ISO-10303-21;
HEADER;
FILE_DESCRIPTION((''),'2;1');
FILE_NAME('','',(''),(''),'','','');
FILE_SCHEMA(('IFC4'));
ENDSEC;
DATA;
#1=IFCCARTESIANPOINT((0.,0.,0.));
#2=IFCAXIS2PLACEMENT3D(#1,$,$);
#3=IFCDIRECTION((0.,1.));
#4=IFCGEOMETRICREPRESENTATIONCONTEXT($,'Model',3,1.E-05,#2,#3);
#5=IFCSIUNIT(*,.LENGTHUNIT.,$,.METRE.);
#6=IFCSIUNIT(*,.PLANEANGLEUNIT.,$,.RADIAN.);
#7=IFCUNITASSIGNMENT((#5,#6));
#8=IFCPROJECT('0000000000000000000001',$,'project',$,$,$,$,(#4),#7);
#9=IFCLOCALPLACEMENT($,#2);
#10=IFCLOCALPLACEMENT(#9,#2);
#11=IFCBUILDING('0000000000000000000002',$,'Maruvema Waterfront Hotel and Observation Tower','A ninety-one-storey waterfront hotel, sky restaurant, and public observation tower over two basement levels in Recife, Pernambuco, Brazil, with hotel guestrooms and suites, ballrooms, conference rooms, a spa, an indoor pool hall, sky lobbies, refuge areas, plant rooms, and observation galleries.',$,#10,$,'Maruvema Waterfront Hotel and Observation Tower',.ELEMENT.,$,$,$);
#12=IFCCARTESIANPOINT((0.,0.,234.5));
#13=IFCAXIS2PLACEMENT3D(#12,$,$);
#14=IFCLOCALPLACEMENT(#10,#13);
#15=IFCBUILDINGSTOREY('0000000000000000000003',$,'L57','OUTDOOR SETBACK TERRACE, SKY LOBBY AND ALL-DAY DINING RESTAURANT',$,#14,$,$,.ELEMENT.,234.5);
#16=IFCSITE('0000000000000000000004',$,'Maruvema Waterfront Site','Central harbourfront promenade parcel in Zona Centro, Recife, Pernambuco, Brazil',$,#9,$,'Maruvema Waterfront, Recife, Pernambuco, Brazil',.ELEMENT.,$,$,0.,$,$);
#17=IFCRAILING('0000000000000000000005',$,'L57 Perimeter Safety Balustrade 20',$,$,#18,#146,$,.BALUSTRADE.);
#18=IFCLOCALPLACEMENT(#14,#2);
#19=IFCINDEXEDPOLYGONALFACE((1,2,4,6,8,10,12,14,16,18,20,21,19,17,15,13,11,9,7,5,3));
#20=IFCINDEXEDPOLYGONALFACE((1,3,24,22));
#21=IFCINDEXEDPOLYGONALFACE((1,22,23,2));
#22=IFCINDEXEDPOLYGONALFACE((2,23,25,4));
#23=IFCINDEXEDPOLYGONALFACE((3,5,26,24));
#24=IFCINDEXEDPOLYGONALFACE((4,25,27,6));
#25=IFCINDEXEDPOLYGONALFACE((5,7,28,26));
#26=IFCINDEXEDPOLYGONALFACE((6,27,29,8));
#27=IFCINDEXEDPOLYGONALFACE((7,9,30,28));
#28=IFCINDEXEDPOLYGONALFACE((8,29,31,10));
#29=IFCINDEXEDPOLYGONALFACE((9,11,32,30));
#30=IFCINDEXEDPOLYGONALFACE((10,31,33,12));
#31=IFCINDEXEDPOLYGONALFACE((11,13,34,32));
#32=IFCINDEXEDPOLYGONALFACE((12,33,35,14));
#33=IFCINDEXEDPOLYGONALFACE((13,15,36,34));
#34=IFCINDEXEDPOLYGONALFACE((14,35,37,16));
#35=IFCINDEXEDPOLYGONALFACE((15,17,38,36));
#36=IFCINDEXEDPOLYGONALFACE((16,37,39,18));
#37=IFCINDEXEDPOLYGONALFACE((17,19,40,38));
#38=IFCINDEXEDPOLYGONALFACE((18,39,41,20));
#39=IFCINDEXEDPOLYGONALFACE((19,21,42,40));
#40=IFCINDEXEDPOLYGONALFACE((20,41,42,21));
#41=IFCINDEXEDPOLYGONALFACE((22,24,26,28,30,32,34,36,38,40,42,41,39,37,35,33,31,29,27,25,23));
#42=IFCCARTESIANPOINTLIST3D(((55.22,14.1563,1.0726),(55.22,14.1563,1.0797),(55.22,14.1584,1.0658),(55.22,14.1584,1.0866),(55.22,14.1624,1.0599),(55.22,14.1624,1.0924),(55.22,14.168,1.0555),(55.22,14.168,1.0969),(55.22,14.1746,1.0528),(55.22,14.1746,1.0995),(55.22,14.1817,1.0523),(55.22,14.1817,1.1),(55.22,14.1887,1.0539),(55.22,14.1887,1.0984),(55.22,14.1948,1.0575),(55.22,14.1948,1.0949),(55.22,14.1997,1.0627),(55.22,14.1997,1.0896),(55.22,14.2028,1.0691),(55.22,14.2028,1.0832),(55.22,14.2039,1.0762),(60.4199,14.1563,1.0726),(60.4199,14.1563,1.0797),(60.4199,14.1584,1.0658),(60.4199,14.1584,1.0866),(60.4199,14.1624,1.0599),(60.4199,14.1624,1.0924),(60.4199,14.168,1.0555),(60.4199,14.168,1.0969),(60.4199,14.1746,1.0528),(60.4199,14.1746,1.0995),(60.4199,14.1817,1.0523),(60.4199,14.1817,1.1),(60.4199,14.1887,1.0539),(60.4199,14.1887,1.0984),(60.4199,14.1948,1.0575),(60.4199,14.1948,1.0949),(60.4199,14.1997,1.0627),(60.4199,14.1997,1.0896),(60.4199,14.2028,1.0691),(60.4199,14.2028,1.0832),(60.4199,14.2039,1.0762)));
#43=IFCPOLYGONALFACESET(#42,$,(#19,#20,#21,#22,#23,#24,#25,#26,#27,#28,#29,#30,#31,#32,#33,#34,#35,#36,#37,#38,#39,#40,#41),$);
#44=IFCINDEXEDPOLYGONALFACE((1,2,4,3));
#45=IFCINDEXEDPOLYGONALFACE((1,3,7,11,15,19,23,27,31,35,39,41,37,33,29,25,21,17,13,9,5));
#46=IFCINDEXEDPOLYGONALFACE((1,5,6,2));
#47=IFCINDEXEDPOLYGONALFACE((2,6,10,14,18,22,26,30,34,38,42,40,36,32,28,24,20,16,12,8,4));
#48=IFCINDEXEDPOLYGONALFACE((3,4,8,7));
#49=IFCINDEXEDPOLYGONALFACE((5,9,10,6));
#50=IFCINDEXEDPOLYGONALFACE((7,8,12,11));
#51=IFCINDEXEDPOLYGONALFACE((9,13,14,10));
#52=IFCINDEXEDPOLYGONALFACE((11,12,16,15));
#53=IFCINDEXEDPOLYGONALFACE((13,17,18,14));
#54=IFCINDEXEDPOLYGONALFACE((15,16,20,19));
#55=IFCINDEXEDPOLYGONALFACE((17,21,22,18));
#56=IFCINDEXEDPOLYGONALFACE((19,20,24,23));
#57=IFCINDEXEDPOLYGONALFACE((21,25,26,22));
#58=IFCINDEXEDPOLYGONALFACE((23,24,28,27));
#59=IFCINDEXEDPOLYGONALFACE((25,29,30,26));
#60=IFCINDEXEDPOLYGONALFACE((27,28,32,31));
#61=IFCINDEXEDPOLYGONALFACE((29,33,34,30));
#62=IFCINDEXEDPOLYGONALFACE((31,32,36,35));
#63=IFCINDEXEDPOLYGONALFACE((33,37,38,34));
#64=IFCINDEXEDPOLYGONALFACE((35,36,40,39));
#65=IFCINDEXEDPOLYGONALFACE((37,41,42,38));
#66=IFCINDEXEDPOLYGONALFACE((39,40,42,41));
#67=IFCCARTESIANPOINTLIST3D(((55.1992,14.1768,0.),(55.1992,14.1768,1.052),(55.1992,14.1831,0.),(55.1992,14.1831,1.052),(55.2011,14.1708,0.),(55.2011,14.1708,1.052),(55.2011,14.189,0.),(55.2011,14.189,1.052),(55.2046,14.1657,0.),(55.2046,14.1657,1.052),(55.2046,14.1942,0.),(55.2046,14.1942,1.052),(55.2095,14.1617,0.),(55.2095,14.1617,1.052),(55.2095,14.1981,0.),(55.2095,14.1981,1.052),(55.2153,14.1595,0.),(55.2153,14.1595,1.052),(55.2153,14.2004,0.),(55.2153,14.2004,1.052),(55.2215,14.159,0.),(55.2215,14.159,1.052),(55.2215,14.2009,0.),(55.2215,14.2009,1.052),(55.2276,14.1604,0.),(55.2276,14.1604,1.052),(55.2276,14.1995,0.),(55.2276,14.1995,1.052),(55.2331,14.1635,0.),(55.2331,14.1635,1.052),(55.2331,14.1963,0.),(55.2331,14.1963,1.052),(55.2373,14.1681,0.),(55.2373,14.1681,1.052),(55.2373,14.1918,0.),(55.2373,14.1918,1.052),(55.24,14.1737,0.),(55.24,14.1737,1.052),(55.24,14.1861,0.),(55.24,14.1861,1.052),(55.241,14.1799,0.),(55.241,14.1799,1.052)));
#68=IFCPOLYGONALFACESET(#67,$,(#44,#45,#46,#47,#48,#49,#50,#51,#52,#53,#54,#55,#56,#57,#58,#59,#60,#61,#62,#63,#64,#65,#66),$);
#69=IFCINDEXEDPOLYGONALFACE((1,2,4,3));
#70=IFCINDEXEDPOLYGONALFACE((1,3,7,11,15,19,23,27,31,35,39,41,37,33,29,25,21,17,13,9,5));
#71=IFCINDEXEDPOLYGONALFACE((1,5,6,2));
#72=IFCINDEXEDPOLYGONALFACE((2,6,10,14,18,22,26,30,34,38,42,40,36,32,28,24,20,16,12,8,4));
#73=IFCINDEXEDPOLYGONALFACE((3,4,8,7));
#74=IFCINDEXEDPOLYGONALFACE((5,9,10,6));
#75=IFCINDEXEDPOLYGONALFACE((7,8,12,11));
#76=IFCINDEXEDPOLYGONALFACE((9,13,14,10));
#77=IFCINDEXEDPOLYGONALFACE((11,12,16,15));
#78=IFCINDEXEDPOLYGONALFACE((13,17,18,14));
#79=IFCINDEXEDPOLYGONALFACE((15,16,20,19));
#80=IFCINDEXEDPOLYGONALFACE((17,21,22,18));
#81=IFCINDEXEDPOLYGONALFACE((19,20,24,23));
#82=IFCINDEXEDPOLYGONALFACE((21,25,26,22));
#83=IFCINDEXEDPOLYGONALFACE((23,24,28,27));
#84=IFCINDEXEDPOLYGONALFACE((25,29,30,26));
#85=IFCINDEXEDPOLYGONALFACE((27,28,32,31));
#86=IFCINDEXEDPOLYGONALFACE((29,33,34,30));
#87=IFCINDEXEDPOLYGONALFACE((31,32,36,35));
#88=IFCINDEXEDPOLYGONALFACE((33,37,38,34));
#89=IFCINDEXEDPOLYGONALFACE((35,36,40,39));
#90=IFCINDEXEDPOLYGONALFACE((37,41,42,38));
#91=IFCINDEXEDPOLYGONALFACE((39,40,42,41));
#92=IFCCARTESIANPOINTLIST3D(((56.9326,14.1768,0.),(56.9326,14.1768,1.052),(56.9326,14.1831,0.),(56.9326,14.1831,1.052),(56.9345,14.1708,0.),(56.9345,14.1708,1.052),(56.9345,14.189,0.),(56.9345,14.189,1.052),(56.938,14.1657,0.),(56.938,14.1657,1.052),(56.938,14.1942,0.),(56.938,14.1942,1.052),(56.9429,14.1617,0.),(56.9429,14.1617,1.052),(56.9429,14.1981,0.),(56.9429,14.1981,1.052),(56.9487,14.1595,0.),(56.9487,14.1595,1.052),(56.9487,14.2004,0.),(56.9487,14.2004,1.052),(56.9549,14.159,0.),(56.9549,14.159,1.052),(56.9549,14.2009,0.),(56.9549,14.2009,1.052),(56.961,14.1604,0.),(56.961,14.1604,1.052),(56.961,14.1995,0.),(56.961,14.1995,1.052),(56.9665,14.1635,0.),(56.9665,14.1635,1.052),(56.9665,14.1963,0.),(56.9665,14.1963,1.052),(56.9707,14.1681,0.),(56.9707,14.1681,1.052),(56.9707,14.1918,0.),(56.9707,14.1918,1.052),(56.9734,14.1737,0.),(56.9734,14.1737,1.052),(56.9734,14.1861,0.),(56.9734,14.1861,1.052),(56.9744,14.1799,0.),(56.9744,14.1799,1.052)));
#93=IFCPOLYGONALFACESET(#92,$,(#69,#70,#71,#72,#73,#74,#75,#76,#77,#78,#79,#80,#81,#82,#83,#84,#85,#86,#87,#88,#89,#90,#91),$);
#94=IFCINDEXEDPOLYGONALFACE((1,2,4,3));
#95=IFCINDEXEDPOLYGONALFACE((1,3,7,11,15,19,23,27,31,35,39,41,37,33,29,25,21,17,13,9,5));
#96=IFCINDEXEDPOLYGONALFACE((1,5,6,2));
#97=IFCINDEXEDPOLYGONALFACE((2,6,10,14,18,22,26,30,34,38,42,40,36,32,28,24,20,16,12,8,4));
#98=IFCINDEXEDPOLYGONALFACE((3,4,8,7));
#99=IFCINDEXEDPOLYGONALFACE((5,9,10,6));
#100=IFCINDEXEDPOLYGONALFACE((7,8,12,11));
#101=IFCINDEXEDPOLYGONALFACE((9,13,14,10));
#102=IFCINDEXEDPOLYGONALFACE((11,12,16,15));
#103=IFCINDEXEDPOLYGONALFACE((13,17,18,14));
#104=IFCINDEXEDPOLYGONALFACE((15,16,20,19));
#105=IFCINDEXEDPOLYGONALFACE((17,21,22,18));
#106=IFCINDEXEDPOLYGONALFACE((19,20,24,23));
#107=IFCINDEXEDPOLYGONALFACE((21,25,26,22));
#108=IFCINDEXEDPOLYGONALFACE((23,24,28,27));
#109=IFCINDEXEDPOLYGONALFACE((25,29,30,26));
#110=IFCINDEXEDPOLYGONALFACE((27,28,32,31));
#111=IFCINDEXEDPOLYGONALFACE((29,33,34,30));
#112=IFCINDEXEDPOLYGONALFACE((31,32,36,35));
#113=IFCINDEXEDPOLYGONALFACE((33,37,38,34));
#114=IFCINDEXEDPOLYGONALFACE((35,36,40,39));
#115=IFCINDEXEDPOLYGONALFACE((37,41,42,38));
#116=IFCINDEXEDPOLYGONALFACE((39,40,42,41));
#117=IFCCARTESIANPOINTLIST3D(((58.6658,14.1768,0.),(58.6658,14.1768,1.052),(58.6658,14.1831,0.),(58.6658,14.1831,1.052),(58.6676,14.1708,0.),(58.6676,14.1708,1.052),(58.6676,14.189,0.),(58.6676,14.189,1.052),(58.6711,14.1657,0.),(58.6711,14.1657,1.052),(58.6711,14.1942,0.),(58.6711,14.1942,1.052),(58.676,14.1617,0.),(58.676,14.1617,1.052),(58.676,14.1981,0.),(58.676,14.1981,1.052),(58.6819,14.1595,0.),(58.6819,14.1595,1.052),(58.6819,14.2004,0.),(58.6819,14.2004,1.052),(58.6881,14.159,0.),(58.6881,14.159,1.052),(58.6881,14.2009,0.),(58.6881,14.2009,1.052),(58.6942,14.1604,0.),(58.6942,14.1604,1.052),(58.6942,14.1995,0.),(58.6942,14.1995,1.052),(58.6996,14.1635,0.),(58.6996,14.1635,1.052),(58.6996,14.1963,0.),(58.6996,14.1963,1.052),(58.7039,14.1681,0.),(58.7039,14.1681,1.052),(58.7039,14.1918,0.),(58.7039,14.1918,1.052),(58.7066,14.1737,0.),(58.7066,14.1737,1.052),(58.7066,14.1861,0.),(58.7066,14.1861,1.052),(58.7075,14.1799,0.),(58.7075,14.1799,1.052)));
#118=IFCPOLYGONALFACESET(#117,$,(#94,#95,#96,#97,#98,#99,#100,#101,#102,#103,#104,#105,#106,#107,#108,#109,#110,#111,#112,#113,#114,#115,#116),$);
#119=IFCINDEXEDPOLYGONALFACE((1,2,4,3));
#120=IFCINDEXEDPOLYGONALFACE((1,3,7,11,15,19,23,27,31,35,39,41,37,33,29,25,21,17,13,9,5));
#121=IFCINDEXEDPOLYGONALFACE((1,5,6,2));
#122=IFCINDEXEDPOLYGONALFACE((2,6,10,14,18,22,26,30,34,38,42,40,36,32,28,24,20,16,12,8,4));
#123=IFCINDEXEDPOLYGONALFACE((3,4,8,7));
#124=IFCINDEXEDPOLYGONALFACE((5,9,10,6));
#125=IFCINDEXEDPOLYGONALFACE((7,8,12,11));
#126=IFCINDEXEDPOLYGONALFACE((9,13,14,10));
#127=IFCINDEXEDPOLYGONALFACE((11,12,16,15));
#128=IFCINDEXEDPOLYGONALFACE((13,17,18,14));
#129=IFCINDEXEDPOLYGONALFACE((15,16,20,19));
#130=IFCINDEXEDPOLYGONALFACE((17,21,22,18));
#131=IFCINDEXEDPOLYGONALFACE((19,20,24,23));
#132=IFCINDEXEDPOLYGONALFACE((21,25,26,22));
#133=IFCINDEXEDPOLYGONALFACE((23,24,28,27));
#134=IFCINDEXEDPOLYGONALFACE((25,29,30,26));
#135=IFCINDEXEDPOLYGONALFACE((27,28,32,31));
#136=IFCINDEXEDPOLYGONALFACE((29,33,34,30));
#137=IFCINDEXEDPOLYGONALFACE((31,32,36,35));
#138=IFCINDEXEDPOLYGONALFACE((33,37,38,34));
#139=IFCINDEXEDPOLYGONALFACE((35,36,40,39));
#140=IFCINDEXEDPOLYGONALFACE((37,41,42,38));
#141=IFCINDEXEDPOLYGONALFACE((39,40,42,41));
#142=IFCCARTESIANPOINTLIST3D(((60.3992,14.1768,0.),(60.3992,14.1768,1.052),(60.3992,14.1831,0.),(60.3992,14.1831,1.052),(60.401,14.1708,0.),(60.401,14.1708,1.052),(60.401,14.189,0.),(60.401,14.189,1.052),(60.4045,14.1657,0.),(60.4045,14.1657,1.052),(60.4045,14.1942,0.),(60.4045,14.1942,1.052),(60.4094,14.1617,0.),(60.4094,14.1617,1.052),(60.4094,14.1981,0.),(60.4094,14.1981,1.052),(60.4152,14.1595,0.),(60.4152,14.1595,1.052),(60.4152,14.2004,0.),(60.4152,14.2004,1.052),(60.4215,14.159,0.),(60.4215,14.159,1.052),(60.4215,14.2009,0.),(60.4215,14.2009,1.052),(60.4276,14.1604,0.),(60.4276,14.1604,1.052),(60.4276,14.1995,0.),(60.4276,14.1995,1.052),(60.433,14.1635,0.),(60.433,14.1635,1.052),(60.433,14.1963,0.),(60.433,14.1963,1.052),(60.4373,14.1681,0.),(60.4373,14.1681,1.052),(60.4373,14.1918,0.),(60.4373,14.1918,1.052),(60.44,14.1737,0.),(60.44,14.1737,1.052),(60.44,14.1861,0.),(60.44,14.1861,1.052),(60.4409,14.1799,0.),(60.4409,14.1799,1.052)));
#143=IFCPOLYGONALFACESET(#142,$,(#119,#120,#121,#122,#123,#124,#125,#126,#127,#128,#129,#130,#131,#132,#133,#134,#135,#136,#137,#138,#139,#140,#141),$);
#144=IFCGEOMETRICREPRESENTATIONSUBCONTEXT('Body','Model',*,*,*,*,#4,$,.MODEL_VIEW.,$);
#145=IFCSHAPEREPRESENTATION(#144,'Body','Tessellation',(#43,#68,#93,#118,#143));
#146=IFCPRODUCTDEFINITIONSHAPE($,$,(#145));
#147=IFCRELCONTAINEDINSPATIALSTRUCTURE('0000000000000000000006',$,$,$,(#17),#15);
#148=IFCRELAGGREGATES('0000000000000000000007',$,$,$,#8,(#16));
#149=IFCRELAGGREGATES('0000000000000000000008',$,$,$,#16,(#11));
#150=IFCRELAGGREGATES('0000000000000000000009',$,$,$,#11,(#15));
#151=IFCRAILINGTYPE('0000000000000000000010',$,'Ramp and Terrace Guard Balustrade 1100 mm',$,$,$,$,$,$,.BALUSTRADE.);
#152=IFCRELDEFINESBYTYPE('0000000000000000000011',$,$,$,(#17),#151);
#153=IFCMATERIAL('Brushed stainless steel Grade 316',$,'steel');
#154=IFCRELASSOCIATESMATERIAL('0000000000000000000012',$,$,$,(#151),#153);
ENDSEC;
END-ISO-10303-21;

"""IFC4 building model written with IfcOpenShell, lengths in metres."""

from ifc_helpers import new_model, si_unit, direction, frame, origin, origin_2d, place, context, subcontext, project, spatial, circle, extrude, material, type_object, element, save


model = new_model("IFC4")

# Units and contexts
model_context = context("Model", 3, precision=1e-05, world=origin(), true_north=direction((0.0, 1.0)))
body_context = subcontext(model_context, "Body", "Model", "MODEL_VIEW")
ifc_project = project(units=[si_unit("LENGTHUNIT", "METRE"), si_unit("PLANEANGLEUNIT", "RADIAN")], contexts=[model_context])

# Site, building, storey
site_placement = place(None, origin())
site = spatial("IfcSite", under=ifc_project, at=site_placement, Name="Maruvema Waterfront Site", Description="Central harbourfront promenade parcel in Zona Centro, Recife, Pernambuco, Brazil", LongName="Maruvema Waterfront, Recife, Pernambuco, Brazil", CompositionType="ELEMENT", RefElevation=0.0)
building_placement = place(site_placement, origin())
building = spatial("IfcBuilding", under=site, at=building_placement, Name="Maruvema Waterfront Hotel and Observation Tower", Description="A ninety-one-storey waterfront hotel, sky restaurant, and public observation tower over two basement levels in Recife, Pernambuco, Brazil, with hotel guestrooms and suites, ballrooms, conference rooms, a spa, an indoor pool hall, sky lobbies, refuge areas, plant rooms, and observation galleries.", LongName="Maruvema Waterfront Hotel and Observation Tower", CompositionType="ELEMENT")
storey_placement = place(building_placement, frame((0.0, 0.0, 234.5)))
storey = spatial("IfcBuildingStorey", under=building, at=storey_placement, Name="L57", Description="OUTDOOR SETBACK TERRACE, SKY LOBBY AND ALL-DAY DINING RESTAURANT", CompositionType="ELEMENT", Elevation=234.5)

# Railing
ifc_material_1 = material(Name="Brushed stainless steel Grade 316", Category="steel")
railing_type = type_object("IfcRailingType", Name="Ramp and Terrace Guard Balustrade 1100 mm", PredefinedType="BALUSTRADE", material=ifc_material_1)
railing_1_placement = place(storey_placement, frame((55.22, 14.1799, 0.0)))
element("IfcRailing", 1, at=railing_1_placement, inside=storey, type_object=railing_type, Name="L57 Perimeter Safety Balustrade 20", PredefinedType="BALUSTRADE", context=body_context, shape_type="SweptSolid", body=[
    extrude(circle(Radius=0.0239, at=origin_2d()), frame((0.0, 0.0, 1.0762), z_axis=(1.0, 0.0, 0.0), x_axis=(0.0, 1.0, 0.0)), (0.0, 0.0, 1.0), 5.2),
    extrude(circle(Radius=0.021, at=origin_2d()), origin(), (0.0, 0.0, 1.0), 1.052),
    extrude(circle(Radius=0.021, at=origin_2d()), frame((1.7334, 0.0, 0.0)), (0.0, 0.0, 1.0), 1.052),
    extrude(circle(Radius=0.021, at=origin_2d()), frame((3.4666, 0.0, 0.0)), (0.0, 0.0, 1.0), 1.052),
    extrude(circle(Radius=0.021, at=origin_2d()), frame((5.2, 0.0, 0.0)), (0.0, 0.0, 1.0), 1.052),
])

save(model, "model.ifc")
